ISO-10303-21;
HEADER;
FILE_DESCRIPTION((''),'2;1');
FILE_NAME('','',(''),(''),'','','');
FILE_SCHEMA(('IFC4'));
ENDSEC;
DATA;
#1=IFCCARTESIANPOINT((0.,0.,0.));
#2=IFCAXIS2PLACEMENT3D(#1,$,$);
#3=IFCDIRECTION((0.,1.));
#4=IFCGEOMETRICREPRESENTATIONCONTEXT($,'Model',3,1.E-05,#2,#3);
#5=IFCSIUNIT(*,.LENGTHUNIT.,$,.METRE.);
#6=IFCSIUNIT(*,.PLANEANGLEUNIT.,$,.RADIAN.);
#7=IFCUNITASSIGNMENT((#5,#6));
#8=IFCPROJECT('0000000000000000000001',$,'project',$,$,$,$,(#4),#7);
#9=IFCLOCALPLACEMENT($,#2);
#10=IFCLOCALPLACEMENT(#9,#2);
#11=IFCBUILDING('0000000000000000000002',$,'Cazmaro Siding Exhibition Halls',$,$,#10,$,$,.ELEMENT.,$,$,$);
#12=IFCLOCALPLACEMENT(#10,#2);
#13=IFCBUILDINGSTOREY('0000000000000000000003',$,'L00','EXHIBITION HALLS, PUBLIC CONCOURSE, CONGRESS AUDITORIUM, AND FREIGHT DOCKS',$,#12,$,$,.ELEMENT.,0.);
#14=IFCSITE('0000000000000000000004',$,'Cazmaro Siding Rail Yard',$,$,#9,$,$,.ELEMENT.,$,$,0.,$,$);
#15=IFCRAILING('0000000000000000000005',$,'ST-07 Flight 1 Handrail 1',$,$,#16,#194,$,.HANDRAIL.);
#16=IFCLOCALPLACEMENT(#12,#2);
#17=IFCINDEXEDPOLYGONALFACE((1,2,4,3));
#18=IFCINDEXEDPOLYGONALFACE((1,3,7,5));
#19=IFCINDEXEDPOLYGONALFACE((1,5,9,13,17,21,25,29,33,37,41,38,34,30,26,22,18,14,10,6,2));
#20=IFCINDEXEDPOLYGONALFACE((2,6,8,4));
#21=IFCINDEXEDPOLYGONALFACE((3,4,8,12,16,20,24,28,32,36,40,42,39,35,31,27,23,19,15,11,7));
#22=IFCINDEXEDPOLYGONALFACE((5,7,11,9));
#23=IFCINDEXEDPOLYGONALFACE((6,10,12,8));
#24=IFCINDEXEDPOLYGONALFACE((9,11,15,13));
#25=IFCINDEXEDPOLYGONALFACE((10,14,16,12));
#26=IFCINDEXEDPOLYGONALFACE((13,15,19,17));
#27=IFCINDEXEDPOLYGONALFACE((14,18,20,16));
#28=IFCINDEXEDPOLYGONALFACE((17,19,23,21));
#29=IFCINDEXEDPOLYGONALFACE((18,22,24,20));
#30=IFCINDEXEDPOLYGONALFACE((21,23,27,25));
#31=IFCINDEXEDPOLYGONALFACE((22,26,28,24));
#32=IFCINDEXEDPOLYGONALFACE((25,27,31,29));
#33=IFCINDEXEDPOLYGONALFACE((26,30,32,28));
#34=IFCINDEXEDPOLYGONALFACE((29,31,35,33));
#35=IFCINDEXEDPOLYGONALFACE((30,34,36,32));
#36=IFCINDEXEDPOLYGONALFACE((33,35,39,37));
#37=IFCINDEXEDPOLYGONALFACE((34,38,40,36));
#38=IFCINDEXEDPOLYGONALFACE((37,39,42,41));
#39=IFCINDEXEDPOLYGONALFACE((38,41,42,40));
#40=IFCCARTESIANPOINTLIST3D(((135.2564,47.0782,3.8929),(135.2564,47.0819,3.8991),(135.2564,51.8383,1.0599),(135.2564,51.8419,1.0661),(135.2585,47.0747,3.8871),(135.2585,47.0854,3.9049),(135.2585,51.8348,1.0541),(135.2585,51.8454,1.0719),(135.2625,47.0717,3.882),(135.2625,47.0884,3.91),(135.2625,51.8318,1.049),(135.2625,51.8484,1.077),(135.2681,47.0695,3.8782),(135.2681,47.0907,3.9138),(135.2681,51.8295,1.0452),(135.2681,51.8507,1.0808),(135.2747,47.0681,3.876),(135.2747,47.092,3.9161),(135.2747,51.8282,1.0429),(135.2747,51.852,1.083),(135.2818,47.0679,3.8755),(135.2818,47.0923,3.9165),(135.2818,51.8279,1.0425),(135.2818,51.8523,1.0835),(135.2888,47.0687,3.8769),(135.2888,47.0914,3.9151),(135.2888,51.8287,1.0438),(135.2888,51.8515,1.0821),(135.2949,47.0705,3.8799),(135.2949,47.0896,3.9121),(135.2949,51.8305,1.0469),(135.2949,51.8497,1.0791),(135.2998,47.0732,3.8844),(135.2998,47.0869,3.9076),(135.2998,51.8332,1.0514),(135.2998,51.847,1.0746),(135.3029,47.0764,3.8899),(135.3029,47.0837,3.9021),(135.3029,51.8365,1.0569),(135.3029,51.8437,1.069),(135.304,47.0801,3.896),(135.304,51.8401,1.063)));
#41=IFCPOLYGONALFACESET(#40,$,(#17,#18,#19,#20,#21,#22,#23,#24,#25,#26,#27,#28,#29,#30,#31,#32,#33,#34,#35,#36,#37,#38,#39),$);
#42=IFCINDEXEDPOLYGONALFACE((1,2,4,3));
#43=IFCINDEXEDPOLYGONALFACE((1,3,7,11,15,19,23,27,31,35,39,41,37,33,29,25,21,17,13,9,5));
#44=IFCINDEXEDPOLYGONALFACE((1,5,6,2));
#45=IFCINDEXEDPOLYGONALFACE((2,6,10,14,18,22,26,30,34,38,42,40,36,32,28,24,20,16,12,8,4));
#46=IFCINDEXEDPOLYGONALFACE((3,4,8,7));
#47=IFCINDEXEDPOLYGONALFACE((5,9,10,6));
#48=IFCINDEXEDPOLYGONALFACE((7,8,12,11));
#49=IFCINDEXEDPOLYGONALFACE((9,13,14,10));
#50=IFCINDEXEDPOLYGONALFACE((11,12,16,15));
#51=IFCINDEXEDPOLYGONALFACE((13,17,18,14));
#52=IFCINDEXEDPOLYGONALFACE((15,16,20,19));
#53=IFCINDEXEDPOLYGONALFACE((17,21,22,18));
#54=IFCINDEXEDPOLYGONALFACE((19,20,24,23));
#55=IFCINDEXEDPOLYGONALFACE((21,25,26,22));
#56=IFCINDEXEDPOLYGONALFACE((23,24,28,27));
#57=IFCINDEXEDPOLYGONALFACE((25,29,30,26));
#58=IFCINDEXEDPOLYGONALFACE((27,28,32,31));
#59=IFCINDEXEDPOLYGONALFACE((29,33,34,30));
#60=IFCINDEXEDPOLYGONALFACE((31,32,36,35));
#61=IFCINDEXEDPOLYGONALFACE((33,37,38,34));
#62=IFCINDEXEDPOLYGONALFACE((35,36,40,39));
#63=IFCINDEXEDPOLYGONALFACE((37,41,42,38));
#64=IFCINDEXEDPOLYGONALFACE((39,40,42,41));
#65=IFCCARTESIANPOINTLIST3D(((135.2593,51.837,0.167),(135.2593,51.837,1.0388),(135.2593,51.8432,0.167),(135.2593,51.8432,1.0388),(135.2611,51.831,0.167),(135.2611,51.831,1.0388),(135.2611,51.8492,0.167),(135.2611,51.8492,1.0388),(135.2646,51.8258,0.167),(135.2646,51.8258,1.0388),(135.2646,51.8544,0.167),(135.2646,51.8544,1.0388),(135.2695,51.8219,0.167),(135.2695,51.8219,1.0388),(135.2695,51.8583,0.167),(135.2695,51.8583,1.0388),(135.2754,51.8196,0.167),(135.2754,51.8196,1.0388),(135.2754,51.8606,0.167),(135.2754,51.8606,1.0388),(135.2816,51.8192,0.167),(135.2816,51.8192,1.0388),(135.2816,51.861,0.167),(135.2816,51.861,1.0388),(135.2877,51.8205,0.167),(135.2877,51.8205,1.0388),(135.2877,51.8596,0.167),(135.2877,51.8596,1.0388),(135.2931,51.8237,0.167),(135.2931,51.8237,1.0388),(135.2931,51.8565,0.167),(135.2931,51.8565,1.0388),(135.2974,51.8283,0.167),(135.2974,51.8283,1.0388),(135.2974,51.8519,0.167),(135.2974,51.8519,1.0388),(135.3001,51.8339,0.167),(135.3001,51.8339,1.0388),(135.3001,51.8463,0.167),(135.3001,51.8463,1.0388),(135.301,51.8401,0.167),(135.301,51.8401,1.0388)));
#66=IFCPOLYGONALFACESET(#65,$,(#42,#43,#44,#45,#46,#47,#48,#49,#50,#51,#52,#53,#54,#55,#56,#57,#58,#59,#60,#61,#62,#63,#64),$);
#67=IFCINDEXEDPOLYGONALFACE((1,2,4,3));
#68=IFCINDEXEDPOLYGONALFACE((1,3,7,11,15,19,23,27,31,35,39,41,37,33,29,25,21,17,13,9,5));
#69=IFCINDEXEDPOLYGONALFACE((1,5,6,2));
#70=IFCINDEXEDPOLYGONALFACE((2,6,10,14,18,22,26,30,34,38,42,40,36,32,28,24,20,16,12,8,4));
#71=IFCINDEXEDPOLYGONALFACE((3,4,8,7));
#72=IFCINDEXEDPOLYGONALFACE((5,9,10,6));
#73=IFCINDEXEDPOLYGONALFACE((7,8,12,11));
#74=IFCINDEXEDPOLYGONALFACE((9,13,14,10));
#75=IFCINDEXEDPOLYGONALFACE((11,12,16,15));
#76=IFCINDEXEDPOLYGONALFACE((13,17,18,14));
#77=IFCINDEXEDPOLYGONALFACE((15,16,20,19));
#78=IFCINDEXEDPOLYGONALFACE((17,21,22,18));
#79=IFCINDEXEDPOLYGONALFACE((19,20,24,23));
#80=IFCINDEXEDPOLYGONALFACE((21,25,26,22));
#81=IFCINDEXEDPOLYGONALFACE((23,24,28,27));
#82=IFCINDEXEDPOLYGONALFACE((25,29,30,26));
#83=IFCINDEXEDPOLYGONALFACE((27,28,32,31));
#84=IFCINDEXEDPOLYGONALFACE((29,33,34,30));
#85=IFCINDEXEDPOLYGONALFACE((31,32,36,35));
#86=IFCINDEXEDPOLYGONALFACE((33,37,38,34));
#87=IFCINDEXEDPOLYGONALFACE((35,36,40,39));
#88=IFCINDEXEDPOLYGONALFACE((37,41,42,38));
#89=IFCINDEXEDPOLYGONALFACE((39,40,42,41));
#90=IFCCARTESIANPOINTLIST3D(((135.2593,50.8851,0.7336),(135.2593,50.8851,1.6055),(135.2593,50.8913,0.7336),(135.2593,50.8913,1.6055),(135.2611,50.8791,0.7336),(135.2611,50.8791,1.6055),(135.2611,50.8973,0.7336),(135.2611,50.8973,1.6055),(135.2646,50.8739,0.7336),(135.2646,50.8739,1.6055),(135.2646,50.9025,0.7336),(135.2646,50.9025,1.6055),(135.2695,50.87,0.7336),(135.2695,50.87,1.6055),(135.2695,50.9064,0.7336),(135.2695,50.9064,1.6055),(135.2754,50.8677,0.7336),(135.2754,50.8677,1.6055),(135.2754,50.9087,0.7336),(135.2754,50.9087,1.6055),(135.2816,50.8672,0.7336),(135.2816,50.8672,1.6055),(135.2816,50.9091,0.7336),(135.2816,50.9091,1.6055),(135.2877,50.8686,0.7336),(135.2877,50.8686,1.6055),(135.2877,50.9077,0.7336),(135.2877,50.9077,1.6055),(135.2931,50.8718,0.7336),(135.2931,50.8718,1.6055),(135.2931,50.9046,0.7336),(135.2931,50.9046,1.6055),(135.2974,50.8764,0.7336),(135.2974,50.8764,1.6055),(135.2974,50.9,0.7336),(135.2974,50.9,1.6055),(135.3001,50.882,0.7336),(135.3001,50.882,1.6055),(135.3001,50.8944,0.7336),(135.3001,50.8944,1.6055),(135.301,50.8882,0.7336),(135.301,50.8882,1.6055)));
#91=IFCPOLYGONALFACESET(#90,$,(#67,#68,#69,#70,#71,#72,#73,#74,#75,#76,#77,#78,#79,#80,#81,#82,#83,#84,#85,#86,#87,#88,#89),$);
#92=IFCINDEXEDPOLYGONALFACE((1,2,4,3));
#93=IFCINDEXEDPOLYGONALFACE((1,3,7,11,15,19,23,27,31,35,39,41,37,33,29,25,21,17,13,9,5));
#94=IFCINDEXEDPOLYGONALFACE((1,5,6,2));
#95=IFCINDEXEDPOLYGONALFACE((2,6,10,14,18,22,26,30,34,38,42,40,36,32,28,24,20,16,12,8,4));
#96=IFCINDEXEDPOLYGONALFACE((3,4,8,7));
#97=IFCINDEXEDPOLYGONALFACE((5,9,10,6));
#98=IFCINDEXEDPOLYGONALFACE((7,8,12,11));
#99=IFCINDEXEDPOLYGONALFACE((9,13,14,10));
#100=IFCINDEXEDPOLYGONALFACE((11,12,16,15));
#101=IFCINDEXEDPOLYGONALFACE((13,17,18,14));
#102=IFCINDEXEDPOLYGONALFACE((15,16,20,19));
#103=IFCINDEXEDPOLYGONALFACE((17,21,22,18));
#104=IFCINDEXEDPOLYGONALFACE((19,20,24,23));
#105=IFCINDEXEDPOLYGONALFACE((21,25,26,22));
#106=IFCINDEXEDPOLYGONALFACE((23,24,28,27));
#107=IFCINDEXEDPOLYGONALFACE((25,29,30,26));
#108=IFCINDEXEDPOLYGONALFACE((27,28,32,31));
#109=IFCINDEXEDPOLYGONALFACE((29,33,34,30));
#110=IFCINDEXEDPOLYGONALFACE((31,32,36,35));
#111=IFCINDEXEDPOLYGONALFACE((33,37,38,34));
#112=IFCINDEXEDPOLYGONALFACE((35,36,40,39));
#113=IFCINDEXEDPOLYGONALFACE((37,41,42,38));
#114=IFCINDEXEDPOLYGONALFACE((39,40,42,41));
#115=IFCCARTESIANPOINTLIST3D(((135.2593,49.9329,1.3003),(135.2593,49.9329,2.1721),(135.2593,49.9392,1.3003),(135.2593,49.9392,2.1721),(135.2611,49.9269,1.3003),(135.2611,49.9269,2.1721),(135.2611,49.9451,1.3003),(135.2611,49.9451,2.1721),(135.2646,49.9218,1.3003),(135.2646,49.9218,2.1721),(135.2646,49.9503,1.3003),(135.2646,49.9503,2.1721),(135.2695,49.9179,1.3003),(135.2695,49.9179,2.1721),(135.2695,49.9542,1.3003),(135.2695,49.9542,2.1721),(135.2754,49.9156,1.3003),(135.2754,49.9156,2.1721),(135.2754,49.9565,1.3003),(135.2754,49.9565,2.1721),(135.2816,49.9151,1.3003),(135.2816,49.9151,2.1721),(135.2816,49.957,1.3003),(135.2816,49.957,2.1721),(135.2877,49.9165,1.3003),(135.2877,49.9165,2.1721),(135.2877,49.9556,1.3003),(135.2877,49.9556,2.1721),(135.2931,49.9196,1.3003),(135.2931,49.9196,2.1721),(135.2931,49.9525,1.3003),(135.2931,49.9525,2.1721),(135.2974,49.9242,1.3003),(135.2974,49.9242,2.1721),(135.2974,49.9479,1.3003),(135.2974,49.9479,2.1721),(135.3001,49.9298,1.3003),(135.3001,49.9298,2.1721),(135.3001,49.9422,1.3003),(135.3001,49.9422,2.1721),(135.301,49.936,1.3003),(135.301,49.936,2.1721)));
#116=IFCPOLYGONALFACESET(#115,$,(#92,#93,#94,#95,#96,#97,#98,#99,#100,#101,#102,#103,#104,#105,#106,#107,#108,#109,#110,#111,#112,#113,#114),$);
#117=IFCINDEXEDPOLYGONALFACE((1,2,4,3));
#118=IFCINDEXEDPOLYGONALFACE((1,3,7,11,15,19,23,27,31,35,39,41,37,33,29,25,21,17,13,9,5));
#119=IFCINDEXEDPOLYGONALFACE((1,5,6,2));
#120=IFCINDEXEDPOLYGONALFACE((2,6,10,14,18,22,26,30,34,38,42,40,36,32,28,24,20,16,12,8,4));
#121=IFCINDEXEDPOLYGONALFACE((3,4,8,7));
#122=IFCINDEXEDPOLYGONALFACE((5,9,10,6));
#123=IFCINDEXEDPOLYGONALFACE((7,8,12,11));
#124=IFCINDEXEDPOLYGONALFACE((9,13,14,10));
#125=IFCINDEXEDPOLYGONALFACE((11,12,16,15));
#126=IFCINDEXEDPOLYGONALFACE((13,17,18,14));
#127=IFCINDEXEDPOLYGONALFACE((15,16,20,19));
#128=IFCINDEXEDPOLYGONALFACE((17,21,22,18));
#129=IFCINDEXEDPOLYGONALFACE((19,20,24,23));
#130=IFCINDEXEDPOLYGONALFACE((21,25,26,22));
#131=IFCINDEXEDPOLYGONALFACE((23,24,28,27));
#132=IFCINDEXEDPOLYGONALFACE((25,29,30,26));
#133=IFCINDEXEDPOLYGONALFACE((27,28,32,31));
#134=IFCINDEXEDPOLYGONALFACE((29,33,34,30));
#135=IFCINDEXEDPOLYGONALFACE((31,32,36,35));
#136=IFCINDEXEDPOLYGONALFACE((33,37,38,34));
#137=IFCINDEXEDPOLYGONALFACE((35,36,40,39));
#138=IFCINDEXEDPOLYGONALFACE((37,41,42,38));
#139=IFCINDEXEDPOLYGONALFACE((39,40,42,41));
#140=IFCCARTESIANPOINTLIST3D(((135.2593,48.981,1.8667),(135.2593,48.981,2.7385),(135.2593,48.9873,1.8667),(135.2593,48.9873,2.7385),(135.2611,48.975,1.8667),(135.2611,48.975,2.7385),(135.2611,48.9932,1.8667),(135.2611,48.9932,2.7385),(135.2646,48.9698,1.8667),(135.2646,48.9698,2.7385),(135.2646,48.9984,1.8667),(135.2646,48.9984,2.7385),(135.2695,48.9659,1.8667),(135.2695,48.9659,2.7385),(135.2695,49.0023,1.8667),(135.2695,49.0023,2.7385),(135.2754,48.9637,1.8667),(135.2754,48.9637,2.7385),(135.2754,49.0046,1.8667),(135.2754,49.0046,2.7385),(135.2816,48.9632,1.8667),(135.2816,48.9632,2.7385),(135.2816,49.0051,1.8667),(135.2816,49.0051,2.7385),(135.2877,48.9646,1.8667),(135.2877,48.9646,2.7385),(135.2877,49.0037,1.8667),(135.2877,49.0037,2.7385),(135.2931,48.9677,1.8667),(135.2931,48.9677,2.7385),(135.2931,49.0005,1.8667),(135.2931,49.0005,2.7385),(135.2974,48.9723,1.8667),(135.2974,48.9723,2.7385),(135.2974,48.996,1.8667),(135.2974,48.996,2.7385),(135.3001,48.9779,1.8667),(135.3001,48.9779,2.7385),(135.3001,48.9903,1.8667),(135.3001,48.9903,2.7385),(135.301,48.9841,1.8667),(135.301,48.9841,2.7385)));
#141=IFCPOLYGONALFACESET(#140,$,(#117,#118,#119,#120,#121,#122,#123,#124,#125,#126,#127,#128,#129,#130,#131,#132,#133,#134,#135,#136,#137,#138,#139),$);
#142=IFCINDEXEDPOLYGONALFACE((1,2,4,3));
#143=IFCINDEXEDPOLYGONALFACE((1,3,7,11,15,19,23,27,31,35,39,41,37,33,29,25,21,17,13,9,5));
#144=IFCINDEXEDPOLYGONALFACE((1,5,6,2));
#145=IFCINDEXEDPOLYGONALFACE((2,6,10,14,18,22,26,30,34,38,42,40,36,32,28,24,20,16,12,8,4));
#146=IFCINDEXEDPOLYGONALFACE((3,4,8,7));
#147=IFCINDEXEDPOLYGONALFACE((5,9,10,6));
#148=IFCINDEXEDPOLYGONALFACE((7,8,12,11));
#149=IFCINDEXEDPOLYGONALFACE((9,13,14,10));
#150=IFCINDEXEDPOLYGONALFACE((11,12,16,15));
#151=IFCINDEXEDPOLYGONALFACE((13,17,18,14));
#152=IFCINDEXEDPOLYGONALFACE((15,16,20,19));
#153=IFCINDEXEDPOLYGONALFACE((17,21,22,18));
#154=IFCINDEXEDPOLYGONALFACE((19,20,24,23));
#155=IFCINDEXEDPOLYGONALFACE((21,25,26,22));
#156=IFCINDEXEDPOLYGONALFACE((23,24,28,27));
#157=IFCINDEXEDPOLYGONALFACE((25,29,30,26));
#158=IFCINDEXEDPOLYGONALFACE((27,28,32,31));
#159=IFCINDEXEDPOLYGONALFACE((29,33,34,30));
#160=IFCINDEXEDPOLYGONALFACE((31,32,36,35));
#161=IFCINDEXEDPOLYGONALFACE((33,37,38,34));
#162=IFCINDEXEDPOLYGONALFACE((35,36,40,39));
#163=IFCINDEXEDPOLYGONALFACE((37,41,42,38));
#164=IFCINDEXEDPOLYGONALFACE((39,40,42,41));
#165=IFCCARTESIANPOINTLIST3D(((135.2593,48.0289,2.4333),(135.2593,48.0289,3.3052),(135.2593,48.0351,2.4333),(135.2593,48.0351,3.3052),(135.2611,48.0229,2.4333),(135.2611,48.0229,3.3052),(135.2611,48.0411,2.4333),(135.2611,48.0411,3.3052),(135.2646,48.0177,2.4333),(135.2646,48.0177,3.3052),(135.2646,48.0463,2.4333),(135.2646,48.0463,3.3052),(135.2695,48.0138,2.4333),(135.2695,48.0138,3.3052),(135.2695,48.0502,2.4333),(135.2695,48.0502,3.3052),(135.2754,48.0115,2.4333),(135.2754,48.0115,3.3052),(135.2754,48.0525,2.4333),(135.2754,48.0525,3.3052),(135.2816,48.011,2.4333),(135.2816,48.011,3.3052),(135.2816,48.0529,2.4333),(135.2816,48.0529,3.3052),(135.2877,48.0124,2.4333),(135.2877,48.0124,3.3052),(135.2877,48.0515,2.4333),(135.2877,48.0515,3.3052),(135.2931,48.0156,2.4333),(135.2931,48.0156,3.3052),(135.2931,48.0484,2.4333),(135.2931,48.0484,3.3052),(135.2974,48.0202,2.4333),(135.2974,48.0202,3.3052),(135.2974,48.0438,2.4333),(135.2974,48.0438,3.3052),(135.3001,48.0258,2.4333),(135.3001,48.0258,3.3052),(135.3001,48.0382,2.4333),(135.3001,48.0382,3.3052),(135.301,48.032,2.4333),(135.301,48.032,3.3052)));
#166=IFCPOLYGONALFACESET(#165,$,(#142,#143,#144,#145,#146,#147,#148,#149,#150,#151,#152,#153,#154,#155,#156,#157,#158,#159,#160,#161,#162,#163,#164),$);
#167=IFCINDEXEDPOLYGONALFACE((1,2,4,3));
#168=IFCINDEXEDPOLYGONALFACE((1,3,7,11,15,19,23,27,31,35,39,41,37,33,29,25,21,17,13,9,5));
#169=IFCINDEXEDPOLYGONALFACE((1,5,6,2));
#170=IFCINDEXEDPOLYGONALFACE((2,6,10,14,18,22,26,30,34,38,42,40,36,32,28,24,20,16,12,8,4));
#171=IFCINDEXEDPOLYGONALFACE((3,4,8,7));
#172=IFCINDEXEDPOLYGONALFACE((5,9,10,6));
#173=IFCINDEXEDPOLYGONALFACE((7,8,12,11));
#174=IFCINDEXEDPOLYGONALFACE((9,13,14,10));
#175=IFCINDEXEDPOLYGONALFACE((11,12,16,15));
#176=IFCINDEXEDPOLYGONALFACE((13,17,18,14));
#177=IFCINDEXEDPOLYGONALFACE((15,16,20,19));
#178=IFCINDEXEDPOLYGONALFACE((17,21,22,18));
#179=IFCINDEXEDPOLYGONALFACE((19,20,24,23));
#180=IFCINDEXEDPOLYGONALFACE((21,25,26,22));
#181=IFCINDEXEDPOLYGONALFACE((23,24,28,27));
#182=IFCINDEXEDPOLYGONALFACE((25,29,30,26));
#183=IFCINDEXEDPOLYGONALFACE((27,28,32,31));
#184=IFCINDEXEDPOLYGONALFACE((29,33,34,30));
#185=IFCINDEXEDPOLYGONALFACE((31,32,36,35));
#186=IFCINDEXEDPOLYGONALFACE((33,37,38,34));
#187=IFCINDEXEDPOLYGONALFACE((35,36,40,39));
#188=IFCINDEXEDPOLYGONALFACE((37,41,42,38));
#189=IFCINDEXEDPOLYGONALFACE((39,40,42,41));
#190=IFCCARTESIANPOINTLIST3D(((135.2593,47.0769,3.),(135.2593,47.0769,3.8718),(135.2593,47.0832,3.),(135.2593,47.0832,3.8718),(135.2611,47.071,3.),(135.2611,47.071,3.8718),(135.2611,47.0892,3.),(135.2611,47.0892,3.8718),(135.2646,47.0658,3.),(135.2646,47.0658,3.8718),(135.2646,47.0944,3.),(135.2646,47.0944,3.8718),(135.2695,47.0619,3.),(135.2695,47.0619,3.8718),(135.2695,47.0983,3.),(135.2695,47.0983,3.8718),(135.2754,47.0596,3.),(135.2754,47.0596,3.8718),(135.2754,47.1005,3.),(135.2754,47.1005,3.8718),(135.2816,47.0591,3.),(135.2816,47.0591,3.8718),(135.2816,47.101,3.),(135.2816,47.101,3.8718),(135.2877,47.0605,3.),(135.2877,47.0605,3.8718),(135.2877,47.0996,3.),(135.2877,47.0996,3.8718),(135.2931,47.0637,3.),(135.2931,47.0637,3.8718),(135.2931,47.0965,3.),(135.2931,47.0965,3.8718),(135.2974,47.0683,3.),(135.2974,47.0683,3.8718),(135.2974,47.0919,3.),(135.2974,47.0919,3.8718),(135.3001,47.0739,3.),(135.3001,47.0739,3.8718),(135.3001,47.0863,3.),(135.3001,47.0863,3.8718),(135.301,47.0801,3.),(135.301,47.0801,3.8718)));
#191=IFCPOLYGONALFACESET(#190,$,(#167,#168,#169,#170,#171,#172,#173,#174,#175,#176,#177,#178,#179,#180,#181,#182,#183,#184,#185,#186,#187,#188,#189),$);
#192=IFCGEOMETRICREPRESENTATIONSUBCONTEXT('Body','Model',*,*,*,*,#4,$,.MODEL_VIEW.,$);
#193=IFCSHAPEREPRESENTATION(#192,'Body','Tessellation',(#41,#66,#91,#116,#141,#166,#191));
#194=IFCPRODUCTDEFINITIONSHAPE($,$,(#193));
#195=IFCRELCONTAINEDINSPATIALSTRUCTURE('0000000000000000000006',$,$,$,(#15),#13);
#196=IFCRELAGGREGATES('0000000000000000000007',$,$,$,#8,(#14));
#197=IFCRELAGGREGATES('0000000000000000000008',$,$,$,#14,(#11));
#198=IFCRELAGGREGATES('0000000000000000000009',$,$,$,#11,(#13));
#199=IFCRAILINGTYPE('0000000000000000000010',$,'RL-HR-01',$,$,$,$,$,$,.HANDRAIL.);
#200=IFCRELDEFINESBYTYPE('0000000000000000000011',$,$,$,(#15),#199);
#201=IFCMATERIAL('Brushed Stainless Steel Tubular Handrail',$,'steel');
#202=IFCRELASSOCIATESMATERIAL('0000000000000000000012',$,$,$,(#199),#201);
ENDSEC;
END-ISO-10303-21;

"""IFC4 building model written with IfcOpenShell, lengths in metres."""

from ifc_helpers import new_model, si_unit, direction, frame, origin, origin_2d, place, context, subcontext, project, spatial, circle, extrude, material, type_object, element, save


model = new_model("IFC4")

# Units and contexts
model_context = context("Model", 3, precision=1e-05, world=origin(), true_north=direction((0.0, 1.0)))
body_context = subcontext(model_context, "Body", "Model", "MODEL_VIEW")
ifc_project = project(units=[si_unit("LENGTHUNIT", "METRE"), si_unit("PLANEANGLEUNIT", "RADIAN")], contexts=[model_context])

# Site, building, storey
site_placement = place(None, origin())
site = spatial("IfcSite", under=ifc_project, at=site_placement, Name="Cazmaro Siding Rail Yard", CompositionType="ELEMENT", RefElevation=0.0)
building_placement = place(site_placement, origin())
building = spatial("IfcBuilding", under=site, at=building_placement, Name="Cazmaro Siding Exhibition Halls", CompositionType="ELEMENT")
storey_placement = place(building_placement, origin())
storey = spatial("IfcBuildingStorey", under=building, at=storey_placement, Name="L00", Description="EXHIBITION HALLS, PUBLIC CONCOURSE, CONGRESS AUDITORIUM, AND FREIGHT DOCKS", CompositionType="ELEMENT", Elevation=0.0)

# Railing
ifc_material_1 = material(Name="Brushed Stainless Steel Tubular Handrail", Category="steel")
railing_type = type_object("IfcRailingType", Name="RL-HR-01", PredefinedType="HANDRAIL", material=ifc_material_1)
for number, where, name in (
    (1, (135.28, 51.8401, 0.167), "ST-07 Flight 1 Handrail 1"),
):
    element("IfcRailing", number, at=place(storey_placement, frame(where)), inside=storey, type_object=railing_type, Name=name, PredefinedType="HANDRAIL", context=body_context, shape_type="SweptSolid", body=[
        extrude(circle(Radius=0.0239, at=origin_2d()), frame((0.0, 0.0, 0.896), z_axis=(0.0, -0.859319, 0.51144), x_axis=(1.0, 0.0, 0.0)), (0.0, 0.0, 1.0), 5.5393),
        extrude(circle(Radius=0.021, at=origin_2d()), origin(), (0.0, 0.0, 1.0), 0.8718),
        extrude(circle(Radius=0.021, at=origin_2d()), frame((0.0, -0.9519, 0.5667)), (0.0, 0.0, 1.0), 0.8718),
        extrude(circle(Radius=0.021, at=origin_2d()), frame((0.0, -1.9041, 1.1333)), (0.0, 0.0, 1.0), 0.8718),
        extrude(circle(Radius=0.021, at=origin_2d()), frame((0.0, -2.856, 1.6997)), (0.0, 0.0, 1.0), 0.8718),
        extrude(circle(Radius=0.021, at=origin_2d()), frame((0.0, -3.8081, 2.2664)), (0.0, 0.0, 1.0), 0.8718),
        extrude(circle(Radius=0.021, at=origin_2d()), frame((0.0, -4.76, 2.833)), (0.0, 0.0, 1.0), 0.8718),
    ])

save(model, "model.ifc")
